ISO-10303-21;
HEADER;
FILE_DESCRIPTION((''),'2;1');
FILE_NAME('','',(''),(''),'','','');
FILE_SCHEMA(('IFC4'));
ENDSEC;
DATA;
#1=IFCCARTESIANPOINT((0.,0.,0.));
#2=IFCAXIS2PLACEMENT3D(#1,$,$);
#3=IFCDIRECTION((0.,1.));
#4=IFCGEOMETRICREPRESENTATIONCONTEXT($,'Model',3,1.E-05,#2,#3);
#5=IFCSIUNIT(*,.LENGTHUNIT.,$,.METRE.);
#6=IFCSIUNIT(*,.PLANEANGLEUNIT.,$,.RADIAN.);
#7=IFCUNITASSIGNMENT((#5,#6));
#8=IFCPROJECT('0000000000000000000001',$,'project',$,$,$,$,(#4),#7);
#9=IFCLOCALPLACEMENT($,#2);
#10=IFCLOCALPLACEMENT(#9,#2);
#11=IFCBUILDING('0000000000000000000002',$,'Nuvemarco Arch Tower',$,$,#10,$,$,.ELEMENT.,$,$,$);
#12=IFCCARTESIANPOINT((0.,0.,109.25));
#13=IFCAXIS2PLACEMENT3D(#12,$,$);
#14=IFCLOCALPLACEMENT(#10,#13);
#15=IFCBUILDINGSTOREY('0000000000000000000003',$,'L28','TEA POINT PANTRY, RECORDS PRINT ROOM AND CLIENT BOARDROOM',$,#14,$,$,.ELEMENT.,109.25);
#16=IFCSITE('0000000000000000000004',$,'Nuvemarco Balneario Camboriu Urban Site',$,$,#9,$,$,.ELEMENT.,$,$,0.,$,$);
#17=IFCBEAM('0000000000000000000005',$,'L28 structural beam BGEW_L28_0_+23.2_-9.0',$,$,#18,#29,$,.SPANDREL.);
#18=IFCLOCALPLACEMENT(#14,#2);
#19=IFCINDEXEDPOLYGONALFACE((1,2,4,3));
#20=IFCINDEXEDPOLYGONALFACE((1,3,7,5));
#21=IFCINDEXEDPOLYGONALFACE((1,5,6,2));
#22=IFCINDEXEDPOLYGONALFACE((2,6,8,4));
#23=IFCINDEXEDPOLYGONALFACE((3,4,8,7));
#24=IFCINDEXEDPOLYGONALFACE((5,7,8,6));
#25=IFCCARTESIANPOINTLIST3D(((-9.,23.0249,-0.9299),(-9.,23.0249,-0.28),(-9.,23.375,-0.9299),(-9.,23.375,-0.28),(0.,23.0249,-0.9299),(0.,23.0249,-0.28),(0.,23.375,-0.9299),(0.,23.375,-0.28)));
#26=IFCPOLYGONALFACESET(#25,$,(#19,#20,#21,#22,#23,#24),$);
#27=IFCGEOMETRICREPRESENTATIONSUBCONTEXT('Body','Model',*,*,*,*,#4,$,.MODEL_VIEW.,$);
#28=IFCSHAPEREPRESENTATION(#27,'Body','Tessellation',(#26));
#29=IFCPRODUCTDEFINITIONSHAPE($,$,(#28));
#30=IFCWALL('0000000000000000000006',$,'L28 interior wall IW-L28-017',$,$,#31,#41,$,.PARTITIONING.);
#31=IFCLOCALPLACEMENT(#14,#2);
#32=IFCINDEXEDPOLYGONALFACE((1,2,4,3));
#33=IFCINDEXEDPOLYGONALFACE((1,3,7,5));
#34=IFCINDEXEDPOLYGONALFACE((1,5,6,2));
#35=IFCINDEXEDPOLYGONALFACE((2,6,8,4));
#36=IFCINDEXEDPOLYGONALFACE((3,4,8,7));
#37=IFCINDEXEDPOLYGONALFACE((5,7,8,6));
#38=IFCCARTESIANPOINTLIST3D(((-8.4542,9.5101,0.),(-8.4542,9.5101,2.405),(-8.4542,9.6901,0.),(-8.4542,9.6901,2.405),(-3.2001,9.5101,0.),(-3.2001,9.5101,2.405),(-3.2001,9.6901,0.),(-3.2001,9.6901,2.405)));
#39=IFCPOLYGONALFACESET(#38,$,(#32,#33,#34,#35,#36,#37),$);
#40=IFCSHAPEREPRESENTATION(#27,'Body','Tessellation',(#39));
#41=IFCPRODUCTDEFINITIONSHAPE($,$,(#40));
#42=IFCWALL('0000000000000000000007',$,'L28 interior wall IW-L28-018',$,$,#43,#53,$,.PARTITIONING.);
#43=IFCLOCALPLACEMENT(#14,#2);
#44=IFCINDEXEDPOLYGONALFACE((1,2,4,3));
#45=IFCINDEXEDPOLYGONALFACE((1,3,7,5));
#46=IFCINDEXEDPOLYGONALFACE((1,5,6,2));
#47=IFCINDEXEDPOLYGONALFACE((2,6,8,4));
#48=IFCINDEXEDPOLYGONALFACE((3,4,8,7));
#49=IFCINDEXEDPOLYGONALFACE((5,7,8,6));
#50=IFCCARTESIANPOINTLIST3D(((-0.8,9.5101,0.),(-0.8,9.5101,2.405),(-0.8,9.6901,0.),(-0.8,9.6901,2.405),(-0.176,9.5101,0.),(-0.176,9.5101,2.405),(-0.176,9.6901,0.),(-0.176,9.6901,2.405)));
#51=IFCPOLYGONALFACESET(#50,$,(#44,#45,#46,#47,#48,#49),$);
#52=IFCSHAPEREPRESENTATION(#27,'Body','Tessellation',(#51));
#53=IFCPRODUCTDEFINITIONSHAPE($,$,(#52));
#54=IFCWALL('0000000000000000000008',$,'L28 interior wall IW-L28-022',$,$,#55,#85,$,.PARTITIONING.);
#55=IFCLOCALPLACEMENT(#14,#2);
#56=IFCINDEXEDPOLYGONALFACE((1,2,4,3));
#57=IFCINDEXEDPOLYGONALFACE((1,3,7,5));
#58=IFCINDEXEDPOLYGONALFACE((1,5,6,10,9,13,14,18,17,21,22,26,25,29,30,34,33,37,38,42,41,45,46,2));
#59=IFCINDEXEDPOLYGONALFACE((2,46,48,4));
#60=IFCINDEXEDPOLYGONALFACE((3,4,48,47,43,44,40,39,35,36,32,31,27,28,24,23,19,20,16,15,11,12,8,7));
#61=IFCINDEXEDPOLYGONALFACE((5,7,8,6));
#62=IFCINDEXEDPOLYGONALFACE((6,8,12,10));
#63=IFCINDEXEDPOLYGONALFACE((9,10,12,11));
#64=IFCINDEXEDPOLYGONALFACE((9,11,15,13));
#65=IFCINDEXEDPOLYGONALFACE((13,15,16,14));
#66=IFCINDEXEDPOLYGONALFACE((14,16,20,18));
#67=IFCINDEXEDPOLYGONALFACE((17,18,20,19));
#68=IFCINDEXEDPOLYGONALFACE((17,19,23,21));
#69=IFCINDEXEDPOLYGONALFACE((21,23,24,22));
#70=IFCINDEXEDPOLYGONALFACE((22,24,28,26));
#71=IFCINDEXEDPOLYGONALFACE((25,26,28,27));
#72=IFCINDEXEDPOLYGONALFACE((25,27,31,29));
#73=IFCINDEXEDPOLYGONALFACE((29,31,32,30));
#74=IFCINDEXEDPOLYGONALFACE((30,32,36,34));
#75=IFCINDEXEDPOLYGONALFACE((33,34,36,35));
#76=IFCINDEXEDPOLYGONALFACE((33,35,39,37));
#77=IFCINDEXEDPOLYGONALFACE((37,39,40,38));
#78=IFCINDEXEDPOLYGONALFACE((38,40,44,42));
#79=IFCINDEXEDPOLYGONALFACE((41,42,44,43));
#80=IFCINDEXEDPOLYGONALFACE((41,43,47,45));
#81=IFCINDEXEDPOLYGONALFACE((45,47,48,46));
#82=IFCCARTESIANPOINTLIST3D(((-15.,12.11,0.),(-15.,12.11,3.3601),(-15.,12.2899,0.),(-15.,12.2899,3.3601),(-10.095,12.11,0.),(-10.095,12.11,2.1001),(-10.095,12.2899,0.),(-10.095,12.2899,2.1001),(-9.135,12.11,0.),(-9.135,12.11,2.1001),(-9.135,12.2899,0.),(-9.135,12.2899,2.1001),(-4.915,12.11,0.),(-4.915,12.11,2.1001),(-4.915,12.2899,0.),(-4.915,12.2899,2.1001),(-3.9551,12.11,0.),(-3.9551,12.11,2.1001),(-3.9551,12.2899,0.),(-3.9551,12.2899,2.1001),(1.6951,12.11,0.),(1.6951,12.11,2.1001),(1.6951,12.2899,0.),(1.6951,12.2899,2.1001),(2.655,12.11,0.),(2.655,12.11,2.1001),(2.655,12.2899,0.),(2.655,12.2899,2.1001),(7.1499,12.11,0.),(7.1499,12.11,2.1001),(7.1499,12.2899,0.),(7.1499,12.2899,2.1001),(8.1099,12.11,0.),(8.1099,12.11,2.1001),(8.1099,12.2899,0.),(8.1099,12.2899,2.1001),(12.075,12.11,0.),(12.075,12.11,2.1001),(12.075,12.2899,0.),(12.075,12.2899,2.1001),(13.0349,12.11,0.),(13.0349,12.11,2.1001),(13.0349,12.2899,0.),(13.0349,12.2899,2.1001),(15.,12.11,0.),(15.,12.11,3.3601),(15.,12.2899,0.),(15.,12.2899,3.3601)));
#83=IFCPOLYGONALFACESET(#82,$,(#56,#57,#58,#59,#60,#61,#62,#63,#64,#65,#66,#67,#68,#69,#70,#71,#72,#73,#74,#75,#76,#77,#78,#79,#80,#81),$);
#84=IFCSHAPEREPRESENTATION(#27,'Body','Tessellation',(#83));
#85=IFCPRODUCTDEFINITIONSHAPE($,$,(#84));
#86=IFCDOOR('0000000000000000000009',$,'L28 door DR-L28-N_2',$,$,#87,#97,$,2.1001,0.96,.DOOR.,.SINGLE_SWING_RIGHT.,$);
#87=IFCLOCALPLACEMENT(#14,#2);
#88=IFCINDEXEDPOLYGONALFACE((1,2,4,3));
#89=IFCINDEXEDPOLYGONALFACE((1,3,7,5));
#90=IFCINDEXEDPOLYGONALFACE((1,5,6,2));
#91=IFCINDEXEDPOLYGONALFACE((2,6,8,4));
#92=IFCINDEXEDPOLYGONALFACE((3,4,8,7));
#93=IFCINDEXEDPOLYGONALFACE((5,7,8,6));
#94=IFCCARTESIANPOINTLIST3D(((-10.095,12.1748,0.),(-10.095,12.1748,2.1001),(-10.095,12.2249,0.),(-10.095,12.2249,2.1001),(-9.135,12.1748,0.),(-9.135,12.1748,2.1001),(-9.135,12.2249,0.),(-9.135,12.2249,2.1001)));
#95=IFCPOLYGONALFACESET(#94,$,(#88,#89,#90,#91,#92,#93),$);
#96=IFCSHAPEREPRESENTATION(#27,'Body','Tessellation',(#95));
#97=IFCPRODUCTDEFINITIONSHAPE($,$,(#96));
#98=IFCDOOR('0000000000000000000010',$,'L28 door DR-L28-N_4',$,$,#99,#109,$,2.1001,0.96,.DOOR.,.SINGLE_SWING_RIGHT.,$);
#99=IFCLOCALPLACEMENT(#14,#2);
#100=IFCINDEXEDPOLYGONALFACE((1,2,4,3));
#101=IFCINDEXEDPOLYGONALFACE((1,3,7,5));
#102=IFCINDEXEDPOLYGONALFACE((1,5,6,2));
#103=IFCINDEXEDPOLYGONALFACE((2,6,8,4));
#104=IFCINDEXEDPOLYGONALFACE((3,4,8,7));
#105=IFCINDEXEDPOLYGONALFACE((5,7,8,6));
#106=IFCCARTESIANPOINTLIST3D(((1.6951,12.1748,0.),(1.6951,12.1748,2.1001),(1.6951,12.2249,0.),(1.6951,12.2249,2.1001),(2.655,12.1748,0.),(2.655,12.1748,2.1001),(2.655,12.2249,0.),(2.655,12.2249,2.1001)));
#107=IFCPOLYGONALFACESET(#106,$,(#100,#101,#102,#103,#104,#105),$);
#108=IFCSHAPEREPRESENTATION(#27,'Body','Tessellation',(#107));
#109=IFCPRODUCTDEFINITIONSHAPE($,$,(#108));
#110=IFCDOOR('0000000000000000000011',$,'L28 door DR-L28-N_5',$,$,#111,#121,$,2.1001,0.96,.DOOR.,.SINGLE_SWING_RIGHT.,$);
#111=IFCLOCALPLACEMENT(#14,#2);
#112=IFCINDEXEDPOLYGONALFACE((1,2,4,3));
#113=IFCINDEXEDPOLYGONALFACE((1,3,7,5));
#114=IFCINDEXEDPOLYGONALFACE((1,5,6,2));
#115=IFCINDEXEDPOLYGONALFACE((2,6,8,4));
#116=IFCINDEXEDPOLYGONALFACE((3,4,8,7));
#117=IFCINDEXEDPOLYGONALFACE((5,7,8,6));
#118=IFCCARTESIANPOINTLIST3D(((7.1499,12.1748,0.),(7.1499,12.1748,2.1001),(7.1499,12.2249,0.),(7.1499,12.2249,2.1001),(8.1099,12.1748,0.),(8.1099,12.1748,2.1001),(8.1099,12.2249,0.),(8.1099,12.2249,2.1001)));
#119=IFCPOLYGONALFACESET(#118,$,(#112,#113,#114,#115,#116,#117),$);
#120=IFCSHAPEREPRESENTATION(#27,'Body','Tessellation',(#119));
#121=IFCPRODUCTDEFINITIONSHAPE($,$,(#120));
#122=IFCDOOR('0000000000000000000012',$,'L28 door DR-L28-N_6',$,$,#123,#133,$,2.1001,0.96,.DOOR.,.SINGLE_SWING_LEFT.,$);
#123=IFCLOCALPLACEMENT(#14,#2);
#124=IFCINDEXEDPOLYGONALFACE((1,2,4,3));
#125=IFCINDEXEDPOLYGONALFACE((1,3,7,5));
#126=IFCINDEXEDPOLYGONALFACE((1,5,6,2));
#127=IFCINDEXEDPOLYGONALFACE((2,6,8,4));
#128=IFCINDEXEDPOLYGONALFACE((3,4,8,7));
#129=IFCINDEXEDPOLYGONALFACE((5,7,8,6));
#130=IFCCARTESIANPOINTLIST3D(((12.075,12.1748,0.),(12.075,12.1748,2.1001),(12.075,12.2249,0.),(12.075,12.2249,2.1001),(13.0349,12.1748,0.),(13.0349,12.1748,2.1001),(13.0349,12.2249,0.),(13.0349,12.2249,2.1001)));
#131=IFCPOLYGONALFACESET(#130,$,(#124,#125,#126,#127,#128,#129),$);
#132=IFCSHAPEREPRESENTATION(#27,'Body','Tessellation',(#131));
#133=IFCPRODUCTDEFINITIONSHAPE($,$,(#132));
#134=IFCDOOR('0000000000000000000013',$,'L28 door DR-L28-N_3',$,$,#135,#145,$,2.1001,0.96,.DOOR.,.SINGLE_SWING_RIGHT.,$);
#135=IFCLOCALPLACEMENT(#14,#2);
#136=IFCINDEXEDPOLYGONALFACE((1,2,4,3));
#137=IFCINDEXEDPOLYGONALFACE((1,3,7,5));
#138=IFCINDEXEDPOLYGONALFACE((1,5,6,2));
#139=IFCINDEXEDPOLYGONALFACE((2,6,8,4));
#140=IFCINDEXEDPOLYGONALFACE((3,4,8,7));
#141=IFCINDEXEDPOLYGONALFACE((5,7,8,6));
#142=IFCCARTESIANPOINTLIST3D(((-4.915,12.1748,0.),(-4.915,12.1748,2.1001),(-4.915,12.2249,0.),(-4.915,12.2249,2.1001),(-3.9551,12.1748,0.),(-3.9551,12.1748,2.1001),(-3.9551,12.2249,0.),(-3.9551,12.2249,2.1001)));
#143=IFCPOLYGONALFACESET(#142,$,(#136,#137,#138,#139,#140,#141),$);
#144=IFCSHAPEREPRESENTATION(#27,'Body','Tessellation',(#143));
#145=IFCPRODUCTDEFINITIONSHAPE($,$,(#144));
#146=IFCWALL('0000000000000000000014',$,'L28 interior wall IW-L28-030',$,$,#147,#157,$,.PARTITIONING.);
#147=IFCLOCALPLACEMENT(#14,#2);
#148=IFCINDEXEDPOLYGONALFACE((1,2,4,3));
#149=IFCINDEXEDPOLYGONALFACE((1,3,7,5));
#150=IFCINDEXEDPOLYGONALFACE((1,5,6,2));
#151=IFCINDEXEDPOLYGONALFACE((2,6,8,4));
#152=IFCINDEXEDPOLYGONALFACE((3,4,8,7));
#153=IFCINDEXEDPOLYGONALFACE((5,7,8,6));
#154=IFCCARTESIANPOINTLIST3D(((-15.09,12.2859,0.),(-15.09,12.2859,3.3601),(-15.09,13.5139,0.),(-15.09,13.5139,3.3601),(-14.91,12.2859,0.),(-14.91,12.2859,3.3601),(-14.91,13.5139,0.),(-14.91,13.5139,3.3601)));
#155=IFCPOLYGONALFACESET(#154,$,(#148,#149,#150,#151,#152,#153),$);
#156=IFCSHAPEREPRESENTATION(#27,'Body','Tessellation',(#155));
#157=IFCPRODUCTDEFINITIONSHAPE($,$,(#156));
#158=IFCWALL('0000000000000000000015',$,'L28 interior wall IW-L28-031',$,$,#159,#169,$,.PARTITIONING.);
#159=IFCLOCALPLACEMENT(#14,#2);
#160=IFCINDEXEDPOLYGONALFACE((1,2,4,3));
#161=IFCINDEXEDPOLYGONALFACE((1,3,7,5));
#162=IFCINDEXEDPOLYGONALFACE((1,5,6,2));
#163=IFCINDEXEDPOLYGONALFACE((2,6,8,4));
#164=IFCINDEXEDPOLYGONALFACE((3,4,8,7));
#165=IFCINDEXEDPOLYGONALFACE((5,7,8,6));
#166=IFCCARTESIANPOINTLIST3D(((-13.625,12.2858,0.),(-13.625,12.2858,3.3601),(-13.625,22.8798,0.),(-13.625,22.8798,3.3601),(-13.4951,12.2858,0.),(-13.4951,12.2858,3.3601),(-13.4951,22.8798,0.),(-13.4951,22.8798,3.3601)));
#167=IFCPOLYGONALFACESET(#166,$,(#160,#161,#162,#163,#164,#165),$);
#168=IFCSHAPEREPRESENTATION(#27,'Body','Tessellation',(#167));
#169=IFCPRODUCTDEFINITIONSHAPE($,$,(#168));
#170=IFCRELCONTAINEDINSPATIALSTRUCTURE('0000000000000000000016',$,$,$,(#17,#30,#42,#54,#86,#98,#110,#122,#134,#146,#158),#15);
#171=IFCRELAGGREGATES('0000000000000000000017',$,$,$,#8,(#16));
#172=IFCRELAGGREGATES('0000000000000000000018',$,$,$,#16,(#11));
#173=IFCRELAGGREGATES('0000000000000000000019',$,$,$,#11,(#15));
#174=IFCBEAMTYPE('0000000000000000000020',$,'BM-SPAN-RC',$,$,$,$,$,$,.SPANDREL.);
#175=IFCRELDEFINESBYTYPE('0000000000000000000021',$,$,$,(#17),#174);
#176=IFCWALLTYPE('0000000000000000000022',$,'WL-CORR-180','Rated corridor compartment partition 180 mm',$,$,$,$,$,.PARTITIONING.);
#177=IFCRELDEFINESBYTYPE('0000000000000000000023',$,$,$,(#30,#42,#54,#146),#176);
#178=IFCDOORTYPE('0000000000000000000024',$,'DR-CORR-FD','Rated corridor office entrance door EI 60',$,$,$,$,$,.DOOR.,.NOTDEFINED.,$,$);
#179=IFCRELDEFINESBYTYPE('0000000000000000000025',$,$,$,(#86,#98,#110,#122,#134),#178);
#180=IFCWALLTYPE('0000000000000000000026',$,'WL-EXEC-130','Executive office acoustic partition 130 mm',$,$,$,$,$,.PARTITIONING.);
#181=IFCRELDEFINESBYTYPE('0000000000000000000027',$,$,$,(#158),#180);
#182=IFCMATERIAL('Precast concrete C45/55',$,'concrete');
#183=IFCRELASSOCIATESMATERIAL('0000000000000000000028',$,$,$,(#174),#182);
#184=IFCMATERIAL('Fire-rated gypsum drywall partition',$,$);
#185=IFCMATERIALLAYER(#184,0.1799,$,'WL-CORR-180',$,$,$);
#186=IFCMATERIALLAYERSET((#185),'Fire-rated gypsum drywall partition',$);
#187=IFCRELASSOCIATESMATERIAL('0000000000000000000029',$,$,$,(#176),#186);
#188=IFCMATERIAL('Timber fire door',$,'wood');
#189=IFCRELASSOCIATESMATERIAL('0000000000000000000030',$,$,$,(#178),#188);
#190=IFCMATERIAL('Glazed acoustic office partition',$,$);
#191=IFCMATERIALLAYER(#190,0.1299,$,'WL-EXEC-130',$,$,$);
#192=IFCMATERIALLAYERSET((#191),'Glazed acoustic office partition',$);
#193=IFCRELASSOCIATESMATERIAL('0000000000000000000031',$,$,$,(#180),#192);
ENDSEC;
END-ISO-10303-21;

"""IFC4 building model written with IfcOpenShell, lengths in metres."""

from ifc_helpers import new_model, si_unit, direction, frame, frame_2d, origin, origin_2d, place, context, subcontext, project, spatial, rectangle, extrude, source, transform, mapped, material, layer, layer_set, material_profile, profile_set, type_object, type_shapes, element, fill, save


model = new_model("IFC4")

# Units and contexts
model_context = context("Model", 3, precision=1e-05, world=origin(), true_north=direction((0.0, 1.0)))
body_context = subcontext(model_context, "Body", "Model", "MODEL_VIEW")
ifc_project = project(units=[si_unit("LENGTHUNIT", "METRE"), si_unit("PLANEANGLEUNIT", "RADIAN")], contexts=[model_context])

# Site, building, storey
site_placement = place(None, origin())
site = spatial("IfcSite", under=ifc_project, at=site_placement, Name="Nuvemarco Balneario Camboriu Urban Site", CompositionType="ELEMENT", RefElevation=0.0)
building_placement = place(site_placement, origin())
building = spatial("IfcBuilding", under=site, at=building_placement, Name="Nuvemarco Arch Tower", CompositionType="ELEMENT")
storey_placement = place(building_placement, frame((0.0, 0.0, 109.25)))
storey = spatial("IfcBuildingStorey", under=building, at=storey_placement, Name="L28", Description="TEA POINT PANTRY, RECORDS PRINT ROOM AND CLIENT BOARDROOM", CompositionType="ELEMENT", Elevation=109.25)

# Beam
ifc_material_1 = material(Name="Precast concrete C45/55", Category="concrete")
ifc_material_profile_1 = material_profile(ifc_material_1, rectangle(XDim=0.3501, YDim=0.6499, at=origin_2d()), Name="PC-SP-350x650")
ifc_profile_set_1 = profile_set([ifc_material_profile_1], Name="Precast concrete C45/55")
beam_type_1 = type_object("IfcBeamType", Name="BM-SPAN-RC", PredefinedType="SPANDREL", material=ifc_profile_set_1)
beam_1_placement = place(storey_placement, frame((-9.0, 23.2, -0.605), z_axis=(1.0, 0.0, 0.0), x_axis=(0.0, 1.0, 0.0)))
element("IfcBeam", 1, at=beam_1_placement, inside=storey, type_object=beam_type_1, Name="L28 structural beam BGEW_L28_0_+23.2_-9.0", PredefinedType="SPANDREL", context=body_context, shape_type="SweptSolid", body=[
    extrude(rectangle(XDim=0.3501, YDim=0.6499, at=origin_2d()), origin(), (0.0, 0.0, 1.0), 9.0),
])

# Walls
ifc_material_2 = material(Name="Fire-rated gypsum drywall partition")
ifc_layer_1 = layer(ifc_material_2, 0.1799, Name="WL-CORR-180")
ifc_layer_set_1 = layer_set([ifc_layer_1], Name="Fire-rated gypsum drywall partition")
wall_type_1 = type_object("IfcWallType", Name="WL-CORR-180", Description="Rated corridor compartment partition 180 mm", PredefinedType="PARTITIONING", material=ifc_layer_set_1)
wall_1_placement = place(storey_placement, frame((-8.4541, 9.6001, 0.0), z_axis=(0.0, 0.0, 1.0), x_axis=(1.0, 0.0, 0.0)))
element("IfcWall", 2, at=wall_1_placement, inside=storey, type_object=wall_type_1, Name="L28 interior wall IW-L28-017", PredefinedType="PARTITIONING", context=body_context, shape_type="SweptSolid", body=[
    extrude(rectangle(XDim=5.2542, YDim=0.1799, at=frame_2d((2.627, 0.0))), origin(), (0.0, 0.0, 1.0), 2.405),
])
wall_2_placement = place(storey_placement, frame((-0.8, 9.6001, 0.0), z_axis=(0.0, 0.0, 1.0), x_axis=(1.0, 0.0, 0.0)))
element("IfcWall", 3, at=wall_2_placement, inside=storey, type_object=wall_type_1, Name="L28 interior wall IW-L28-018", PredefinedType="PARTITIONING", context=body_context, shape_type="SweptSolid", body=[
    extrude(rectangle(XDim=0.624, YDim=0.1799, at=frame_2d((0.312, 0.0))), origin(), (0.0, 0.0, 1.0), 2.405),
])

# Wall, openings, doors
wall_3_placement = place(storey_placement, frame((-15.0, 12.2, 0.0), z_axis=(0.0, 0.0, 1.0), x_axis=(1.0, 0.0, 0.0)))
wall_3 = element("IfcWall", 4, at=wall_3_placement, inside=storey, type_object=wall_type_1, Name="L28 interior wall IW-L28-022", PredefinedType="PARTITIONING", context=body_context, shape_type="SweptSolid", body=[
    extrude(rectangle(XDim=30.0, YDim=0.1799, at=frame_2d((15.0, 0.0))), origin(), (0.0, 0.0, 1.0), 3.3601),
])
opening_1_placement = place(wall_3_placement, frame((4.905, 0.0, 0.0)))
opening_1 = element("IfcOpeningElement", 5, at=opening_1_placement, cuts=wall_3, PredefinedType="OPENING", context=body_context, shape_type="SweptSolid", body=[
    extrude(rectangle(XDim=0.96, YDim=2.1001, at=frame_2d((0.48, 1.05))), frame((0.0, 0.0999, 0.0), z_axis=(0.0, -1.0, 0.0), x_axis=(1.0, 0.0, 0.0)), (0.0, 0.0, 1.0), 0.2),
])
opening_2_placement = place(wall_3_placement, frame((16.6951, 0.0, 0.0)))
opening_2 = element("IfcOpeningElement", 6, at=opening_2_placement, cuts=wall_3, PredefinedType="OPENING", context=body_context, shape_type="SweptSolid", body=[
    extrude(rectangle(XDim=0.96, YDim=2.1001, at=frame_2d((0.48, 1.05))), frame((0.0, 0.0999, 0.0), z_axis=(0.0, -1.0, 0.0), x_axis=(1.0, 0.0, 0.0)), (0.0, 0.0, 1.0), 0.2),
])
opening_3_placement = place(wall_3_placement, frame((22.1499, 0.0, 0.0)))
opening_3 = element("IfcOpeningElement", 7, at=opening_3_placement, cuts=wall_3, PredefinedType="OPENING", context=body_context, shape_type="SweptSolid", body=[
    extrude(rectangle(XDim=0.96, YDim=2.1001, at=frame_2d((0.48, 1.05))), frame((0.0, 0.0999, 0.0), z_axis=(0.0, -1.0, 0.0), x_axis=(1.0, 0.0, 0.0)), (0.0, 0.0, 1.0), 0.2),
])
opening_4_placement = place(wall_3_placement, frame((27.075, 0.0, 0.0)))
opening_4 = element("IfcOpeningElement", 8, at=opening_4_placement, cuts=wall_3, PredefinedType="OPENING", context=body_context, shape_type="SweptSolid", body=[
    extrude(rectangle(XDim=0.96, YDim=2.1001, at=frame_2d((0.48, 1.05))), frame((0.0, 0.0999, 0.0), z_axis=(0.0, -1.0, 0.0), x_axis=(1.0, 0.0, 0.0)), (0.0, 0.0, 1.0), 0.2),
])
opening_5_placement = place(wall_3_placement, frame((10.085, 0.0, 0.0)))
opening_5 = element("IfcOpeningElement", 9, at=opening_5_placement, cuts=wall_3, PredefinedType="OPENING", context=body_context, shape_type="SweptSolid", body=[
    extrude(rectangle(XDim=0.96, YDim=2.1001, at=frame_2d((0.48, 1.05))), frame((0.0, 0.0999, 0.0), z_axis=(0.0, -1.0, 0.0), x_axis=(1.0, 0.0, 0.0)), (0.0, 0.0, 1.0), 0.2),
])
ifc_material_3 = material(Name="Timber fire door", Category="wood")
door_type = type_object("IfcDoorType", Name="DR-CORR-FD", Description="Rated corridor office entrance door EI 60", OperationType="NOTDEFINED", PredefinedType="DOOR", material=ifc_material_3)
shared_shape_1 = source(origin(), body_context, "Body", "SweptSolid", [
    extrude(rectangle(XDim=0.96, YDim=2.1001, at=frame_2d((0.48, 1.05))), frame((0.0, 0.0249, 0.0), z_axis=(0.0, -1.0, 0.0), x_axis=(1.0, 0.0, 0.0)), (0.0, 0.0, 1.0), 0.05),
])
type_shapes(door_type, [shared_shape_1])
door_1_placement = place(opening_1_placement, origin())
door_1 = element("IfcDoor", 10, at=door_1_placement, inside=storey, type_object=door_type, Name="L28 door DR-L28-N_2", OperationType="SINGLE_SWING_RIGHT", OverallHeight=2.1001, OverallWidth=0.96, PredefinedType="DOOR", context=body_context, shape_type="MappedRepresentation", body=[
    mapped(shared_shape_1, transform((0.0, 0.0, 0.0), scale=1.0)),
])
fill(opening_1, door_1)
door_2_placement = place(opening_2_placement, origin())
door_2 = element("IfcDoor", 11, at=door_2_placement, inside=storey, type_object=door_type, Name="L28 door DR-L28-N_4", OperationType="SINGLE_SWING_RIGHT", OverallHeight=2.1001, OverallWidth=0.96, PredefinedType="DOOR", context=body_context, shape_type="MappedRepresentation", body=[
    mapped(shared_shape_1, transform((0.0, 0.0, 0.0), scale=1.0)),
])
fill(opening_2, door_2)
door_3_placement = place(opening_3_placement, origin())
door_3 = element("IfcDoor", 12, at=door_3_placement, inside=storey, type_object=door_type, Name="L28 door DR-L28-N_5", OperationType="SINGLE_SWING_RIGHT", OverallHeight=2.1001, OverallWidth=0.96, PredefinedType="DOOR", context=body_context, shape_type="MappedRepresentation", body=[
    mapped(shared_shape_1, transform((0.0, 0.0, 0.0), scale=1.0)),
])
fill(opening_3, door_3)
door_4_placement = place(opening_4_placement, origin())
door_4 = element("IfcDoor", 13, at=door_4_placement, inside=storey, type_object=door_type, Name="L28 door DR-L28-N_6", OperationType="SINGLE_SWING_LEFT", OverallHeight=2.1001, OverallWidth=0.96, PredefinedType="DOOR", context=body_context, shape_type="MappedRepresentation", body=[
    mapped(shared_shape_1, transform((0.0, 0.0, 0.0), scale=1.0)),
])
fill(opening_4, door_4)
door_5_placement = place(opening_5_placement, origin())
door_5 = element("IfcDoor", 14, at=door_5_placement, inside=storey, type_object=door_type, Name="L28 door DR-L28-N_3", OperationType="SINGLE_SWING_RIGHT", OverallHeight=2.1001, OverallWidth=0.96, PredefinedType="DOOR", context=body_context, shape_type="MappedRepresentation", body=[
    mapped(shared_shape_1, transform((0.0, 0.0, 0.0), scale=1.0)),
])
fill(opening_5, door_5)

# Walls
wall_4_placement = place(storey_placement, frame((-15.0, 12.2859, 0.0), z_axis=(0.0, 0.0, 1.0), x_axis=(0.0, 1.0, 0.0)))
element("IfcWall", 15, at=wall_4_placement, inside=storey, type_object=wall_type_1, Name="L28 interior wall IW-L28-030", PredefinedType="PARTITIONING", context=body_context, shape_type="SweptSolid", body=[
    extrude(rectangle(XDim=1.228, YDim=0.1799, at=frame_2d((0.614, 0.0))), origin(), (0.0, 0.0, 1.0), 3.3601),
])
ifc_material_4 = material(Name="Glazed acoustic office partition")
ifc_layer_2 = layer(ifc_material_4, 0.1299, Name="WL-EXEC-130")
ifc_layer_set_2 = layer_set([ifc_layer_2], Name="Glazed acoustic office partition")
wall_type_2 = type_object("IfcWallType", Name="WL-EXEC-130", Description="Executive office acoustic partition 130 mm", PredefinedType="PARTITIONING", material=ifc_layer_set_2)
for number, where, z_axis, x_axis, name in (
    (16, (-13.5601, 12.2859, 0.0), (0.0, 0.0, 1.0), (0.0, 1.0, 0.0), "L28 interior wall IW-L28-031"),
):
    element("IfcWall", number, at=place(storey_placement, frame(where, z_axis=z_axis, x_axis=x_axis)), inside=storey, type_object=wall_type_2, Name=name, PredefinedType="PARTITIONING", context=body_context, shape_type="SweptSolid", body=[
        extrude(rectangle(XDim=10.594, YDim=0.1299, at=frame_2d((5.2969, 0.0))), origin(), (0.0, 0.0, 1.0), 3.3601),
    ])

save(model, "model.ifc")
